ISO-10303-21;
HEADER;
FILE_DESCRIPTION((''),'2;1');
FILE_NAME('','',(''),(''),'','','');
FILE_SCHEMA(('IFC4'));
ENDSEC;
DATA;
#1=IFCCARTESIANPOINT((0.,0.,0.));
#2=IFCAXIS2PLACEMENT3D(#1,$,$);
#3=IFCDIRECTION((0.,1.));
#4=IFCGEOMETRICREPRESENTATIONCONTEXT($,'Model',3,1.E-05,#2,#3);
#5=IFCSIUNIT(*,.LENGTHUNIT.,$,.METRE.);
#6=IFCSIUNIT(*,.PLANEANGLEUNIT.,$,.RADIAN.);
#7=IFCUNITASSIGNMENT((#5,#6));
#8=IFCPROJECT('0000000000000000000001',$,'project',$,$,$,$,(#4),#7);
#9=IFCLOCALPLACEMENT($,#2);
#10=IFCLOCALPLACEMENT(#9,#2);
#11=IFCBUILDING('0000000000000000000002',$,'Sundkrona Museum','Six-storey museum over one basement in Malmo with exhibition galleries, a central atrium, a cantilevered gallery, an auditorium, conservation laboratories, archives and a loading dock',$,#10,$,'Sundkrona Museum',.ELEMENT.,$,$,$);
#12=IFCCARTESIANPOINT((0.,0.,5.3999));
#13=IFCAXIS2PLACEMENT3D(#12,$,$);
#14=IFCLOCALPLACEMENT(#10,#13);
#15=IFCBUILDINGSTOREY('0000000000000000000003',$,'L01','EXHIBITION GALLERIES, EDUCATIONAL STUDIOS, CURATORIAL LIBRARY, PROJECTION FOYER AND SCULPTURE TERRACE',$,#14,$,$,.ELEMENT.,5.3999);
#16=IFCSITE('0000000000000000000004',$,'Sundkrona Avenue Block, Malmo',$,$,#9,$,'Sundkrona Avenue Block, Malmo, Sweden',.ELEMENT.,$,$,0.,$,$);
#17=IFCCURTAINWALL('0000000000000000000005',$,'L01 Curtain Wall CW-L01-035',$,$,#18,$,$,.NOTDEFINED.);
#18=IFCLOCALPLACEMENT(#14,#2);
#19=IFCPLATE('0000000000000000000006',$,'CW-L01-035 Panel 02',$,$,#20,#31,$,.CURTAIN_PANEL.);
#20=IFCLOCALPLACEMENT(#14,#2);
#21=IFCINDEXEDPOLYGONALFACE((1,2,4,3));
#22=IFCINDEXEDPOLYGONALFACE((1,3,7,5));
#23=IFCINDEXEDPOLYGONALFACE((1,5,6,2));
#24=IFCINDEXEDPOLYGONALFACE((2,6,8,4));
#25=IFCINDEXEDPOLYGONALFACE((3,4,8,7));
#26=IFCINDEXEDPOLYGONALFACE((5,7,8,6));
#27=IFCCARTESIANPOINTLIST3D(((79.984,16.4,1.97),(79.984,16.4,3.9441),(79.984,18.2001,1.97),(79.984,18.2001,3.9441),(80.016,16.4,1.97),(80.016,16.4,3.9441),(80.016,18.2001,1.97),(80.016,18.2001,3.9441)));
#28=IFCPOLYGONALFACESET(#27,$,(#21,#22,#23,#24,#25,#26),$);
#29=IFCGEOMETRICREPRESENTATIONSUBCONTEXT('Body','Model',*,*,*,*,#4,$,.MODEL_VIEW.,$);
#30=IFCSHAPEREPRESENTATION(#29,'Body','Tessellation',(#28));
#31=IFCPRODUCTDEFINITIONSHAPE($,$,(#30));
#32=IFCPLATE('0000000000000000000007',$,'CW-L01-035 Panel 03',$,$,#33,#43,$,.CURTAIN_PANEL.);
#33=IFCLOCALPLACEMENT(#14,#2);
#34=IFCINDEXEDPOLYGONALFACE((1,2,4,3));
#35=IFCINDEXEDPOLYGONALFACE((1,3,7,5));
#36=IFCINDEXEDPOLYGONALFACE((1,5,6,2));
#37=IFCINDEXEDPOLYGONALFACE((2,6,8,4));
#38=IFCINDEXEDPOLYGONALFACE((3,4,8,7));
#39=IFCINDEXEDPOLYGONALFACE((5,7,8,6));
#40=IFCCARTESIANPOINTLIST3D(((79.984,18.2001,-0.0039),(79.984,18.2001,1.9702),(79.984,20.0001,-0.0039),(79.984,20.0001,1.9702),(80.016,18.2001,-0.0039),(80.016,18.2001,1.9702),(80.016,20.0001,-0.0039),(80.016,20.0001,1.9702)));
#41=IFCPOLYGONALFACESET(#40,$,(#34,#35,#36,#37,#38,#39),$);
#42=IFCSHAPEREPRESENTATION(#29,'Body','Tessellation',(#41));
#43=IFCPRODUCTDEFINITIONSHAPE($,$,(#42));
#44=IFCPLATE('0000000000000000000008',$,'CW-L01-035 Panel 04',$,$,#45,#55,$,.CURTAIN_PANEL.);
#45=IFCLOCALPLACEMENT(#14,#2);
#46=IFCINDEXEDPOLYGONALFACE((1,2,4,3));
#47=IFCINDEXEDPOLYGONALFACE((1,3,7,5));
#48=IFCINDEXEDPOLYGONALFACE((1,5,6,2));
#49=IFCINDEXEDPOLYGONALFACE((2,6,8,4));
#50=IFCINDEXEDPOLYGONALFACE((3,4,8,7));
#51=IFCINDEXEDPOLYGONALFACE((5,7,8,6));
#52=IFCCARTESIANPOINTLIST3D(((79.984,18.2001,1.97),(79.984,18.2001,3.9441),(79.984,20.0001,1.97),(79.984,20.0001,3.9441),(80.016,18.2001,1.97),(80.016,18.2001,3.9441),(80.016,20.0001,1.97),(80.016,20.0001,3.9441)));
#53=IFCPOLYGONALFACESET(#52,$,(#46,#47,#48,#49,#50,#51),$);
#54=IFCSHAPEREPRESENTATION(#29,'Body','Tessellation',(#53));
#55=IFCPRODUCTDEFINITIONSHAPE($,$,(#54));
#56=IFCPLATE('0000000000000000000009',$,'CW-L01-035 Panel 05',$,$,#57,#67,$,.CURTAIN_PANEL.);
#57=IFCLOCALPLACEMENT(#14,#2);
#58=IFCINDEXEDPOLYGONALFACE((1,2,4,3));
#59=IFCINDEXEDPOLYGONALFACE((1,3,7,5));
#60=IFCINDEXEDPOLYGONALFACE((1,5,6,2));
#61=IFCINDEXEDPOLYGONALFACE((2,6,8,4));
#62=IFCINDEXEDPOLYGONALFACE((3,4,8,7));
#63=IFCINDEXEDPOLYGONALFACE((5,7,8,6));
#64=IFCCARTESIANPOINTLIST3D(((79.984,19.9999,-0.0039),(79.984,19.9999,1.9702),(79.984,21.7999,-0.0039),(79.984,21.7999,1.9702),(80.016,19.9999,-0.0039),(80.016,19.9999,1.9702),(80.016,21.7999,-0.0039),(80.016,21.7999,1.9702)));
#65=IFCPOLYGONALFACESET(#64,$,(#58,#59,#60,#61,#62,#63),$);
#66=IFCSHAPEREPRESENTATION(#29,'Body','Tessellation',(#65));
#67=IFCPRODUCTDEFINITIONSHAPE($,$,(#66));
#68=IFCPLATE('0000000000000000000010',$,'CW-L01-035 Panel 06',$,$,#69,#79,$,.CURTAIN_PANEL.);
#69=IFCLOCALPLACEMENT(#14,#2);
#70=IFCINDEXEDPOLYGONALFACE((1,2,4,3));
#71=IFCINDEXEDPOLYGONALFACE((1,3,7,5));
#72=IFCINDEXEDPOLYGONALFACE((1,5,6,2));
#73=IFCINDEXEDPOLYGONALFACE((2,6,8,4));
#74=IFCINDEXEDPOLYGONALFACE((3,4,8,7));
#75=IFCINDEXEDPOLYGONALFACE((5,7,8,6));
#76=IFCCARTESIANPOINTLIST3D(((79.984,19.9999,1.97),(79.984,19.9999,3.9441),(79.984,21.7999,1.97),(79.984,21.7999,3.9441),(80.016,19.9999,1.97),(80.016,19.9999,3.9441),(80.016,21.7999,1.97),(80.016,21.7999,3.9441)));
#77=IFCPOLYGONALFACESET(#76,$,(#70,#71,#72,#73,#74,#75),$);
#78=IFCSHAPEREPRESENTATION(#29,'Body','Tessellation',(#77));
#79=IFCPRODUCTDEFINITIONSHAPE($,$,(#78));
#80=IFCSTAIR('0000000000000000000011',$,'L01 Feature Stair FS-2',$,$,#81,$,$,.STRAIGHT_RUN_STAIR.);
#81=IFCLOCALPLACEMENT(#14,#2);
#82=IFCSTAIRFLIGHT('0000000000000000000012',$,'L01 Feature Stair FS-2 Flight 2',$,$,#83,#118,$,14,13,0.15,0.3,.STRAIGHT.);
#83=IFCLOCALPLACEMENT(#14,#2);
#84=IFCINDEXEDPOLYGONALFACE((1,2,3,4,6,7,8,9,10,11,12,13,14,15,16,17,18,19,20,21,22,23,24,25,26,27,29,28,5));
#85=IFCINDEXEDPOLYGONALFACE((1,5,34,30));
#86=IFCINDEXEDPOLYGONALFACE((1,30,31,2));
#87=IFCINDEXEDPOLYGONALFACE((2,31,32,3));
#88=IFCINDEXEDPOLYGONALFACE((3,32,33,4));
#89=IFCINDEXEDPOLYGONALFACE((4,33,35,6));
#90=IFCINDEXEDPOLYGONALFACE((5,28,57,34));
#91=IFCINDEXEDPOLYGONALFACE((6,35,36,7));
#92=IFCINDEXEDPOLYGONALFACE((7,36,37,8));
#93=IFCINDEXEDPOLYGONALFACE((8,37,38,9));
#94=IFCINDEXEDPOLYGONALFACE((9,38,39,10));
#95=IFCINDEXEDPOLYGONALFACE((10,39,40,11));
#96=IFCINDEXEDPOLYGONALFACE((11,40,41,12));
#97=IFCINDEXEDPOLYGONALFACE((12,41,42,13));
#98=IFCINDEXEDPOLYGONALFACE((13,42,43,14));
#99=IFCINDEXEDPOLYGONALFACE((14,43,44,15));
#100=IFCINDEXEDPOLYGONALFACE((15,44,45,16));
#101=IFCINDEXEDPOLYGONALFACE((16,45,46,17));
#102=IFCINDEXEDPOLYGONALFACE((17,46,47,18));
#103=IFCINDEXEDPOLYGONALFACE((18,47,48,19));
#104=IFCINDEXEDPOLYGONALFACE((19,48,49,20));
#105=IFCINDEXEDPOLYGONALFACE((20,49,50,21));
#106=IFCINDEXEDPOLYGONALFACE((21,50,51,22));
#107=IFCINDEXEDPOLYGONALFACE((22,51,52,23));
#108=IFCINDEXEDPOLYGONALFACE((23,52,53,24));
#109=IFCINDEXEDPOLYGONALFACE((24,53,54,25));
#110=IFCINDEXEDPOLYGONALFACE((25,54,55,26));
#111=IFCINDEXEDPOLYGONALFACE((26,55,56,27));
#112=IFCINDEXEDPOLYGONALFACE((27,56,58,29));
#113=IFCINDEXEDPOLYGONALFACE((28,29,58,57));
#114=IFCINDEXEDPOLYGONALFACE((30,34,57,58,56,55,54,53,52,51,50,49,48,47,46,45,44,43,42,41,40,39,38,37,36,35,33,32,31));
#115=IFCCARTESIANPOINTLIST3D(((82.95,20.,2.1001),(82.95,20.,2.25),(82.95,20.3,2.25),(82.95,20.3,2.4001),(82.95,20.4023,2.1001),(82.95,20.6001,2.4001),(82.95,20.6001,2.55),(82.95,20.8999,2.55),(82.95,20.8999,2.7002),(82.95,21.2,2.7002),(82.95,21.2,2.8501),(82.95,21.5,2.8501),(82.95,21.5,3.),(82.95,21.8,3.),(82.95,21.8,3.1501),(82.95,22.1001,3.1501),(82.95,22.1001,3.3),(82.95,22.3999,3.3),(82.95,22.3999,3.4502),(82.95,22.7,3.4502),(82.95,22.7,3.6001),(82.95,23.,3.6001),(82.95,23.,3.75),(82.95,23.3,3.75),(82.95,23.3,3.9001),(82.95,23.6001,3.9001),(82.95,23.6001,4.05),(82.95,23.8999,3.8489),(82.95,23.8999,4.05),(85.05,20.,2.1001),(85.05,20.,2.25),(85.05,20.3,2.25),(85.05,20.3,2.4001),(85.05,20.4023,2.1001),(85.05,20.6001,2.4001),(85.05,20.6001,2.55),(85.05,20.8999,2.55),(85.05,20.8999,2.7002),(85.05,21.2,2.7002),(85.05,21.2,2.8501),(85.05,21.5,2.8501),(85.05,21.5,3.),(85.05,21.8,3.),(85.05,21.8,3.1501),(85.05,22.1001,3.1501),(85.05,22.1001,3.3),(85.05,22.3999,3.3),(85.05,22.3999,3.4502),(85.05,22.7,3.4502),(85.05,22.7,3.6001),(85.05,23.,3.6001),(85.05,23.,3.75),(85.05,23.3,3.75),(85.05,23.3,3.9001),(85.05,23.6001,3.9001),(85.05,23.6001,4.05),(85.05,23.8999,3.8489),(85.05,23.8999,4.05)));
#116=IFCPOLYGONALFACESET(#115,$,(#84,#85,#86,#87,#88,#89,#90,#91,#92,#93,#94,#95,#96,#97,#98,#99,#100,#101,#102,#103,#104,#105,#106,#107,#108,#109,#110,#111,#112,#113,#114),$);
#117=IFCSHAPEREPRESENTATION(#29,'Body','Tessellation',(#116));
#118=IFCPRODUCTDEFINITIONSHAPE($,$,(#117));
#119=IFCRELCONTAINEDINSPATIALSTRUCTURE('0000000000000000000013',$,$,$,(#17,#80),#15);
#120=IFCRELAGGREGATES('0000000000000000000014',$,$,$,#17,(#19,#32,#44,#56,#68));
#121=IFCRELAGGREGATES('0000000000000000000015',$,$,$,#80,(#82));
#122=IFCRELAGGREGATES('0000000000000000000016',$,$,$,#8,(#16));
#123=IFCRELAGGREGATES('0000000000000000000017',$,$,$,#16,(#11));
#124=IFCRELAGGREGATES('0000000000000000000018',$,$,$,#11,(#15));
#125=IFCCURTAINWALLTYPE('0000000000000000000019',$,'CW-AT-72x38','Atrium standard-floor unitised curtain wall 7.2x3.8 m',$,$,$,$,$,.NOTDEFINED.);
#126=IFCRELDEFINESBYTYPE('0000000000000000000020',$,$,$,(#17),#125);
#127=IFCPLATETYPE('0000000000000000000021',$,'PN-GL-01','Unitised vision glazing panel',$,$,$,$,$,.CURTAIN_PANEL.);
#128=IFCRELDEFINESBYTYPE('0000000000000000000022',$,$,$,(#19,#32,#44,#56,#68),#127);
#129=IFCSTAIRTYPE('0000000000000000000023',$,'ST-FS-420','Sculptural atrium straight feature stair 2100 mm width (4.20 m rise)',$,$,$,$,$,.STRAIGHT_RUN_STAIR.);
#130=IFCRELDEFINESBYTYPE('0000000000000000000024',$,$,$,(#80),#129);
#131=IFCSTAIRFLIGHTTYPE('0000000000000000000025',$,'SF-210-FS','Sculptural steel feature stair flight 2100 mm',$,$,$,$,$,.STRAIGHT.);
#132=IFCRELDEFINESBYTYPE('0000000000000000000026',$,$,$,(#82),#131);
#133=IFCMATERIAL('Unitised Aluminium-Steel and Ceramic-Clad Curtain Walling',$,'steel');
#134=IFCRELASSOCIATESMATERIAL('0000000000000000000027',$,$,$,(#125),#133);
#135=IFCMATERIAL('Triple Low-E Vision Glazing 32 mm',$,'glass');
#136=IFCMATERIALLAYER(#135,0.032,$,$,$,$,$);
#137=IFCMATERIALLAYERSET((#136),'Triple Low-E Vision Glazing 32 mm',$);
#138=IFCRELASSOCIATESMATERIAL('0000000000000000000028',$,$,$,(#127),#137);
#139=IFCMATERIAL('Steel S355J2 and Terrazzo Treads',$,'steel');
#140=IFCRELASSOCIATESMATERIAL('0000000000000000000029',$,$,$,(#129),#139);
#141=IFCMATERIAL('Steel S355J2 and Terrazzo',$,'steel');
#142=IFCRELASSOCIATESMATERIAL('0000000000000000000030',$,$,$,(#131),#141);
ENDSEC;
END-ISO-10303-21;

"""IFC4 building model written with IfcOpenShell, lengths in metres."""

from ifc_helpers import new_model, si_unit, direction, frame, origin, origin_2d, place, context, subcontext, project, spatial, polyline, rectangle, outline, extrude, material, layer, layer_set, type_object, element, aggregate, save


model = new_model("IFC4")

# Units and contexts
model_context = context("Model", 3, precision=1e-05, world=origin(), true_north=direction((0.0, 1.0)))
body_context = subcontext(model_context, "Body", "Model", "MODEL_VIEW")
ifc_project = project(units=[si_unit("LENGTHUNIT", "METRE"), si_unit("PLANEANGLEUNIT", "RADIAN")], contexts=[model_context])

# Site, building, storey
site_placement = place(None, origin())
site = spatial("IfcSite", under=ifc_project, at=site_placement, Name="Sundkrona Avenue Block, Malmo", LongName="Sundkrona Avenue Block, Malmo, Sweden", CompositionType="ELEMENT", RefElevation=0.0)
building_placement = place(site_placement, origin())
building = spatial("IfcBuilding", under=site, at=building_placement, Name="Sundkrona Museum", Description="Six-storey museum over one basement in Malmo with exhibition galleries, a central atrium, a cantilevered gallery, an auditorium, conservation laboratories, archives and a loading dock", LongName="Sundkrona Museum", CompositionType="ELEMENT")
storey_placement = place(building_placement, frame((0.0, 0.0, 5.3999)))
storey = spatial("IfcBuildingStorey", under=building, at=storey_placement, Name="L01", Description="EXHIBITION GALLERIES, EDUCATIONAL STUDIOS, CURATORIAL LIBRARY, PROJECTION FOYER AND SCULPTURE TERRACE", CompositionType="ELEMENT", Elevation=5.3999)

# Shared definitions
ifc_material_1 = material(Name="Unitised Aluminium-Steel and Ceramic-Clad Curtain Walling", Category="steel")
curtain_wall_type = type_object("IfcCurtainWallType", Name="CW-AT-72x38", Description="Atrium standard-floor unitised curtain wall 7.2x3.8 m", PredefinedType="NOTDEFINED", material=ifc_material_1)

# Curtain wall
curtain_wall_1_placement = place(storey_placement, origin())
curtain_wall_1 = element("IfcCurtainWall", 1, at=curtain_wall_1_placement, inside=storey, type_object=curtain_wall_type, Name="L01 Curtain Wall CW-L01-035", PredefinedType="NOTDEFINED")

# Plates
ifc_material_2 = material(Name="Triple Low-E Vision Glazing 32 mm", Category="glass")
ifc_layer = layer(ifc_material_2, 0.032)
ifc_layer_set = layer_set([ifc_layer], Name="Triple Low-E Vision Glazing 32 mm")
plate_type = type_object("IfcPlateType", Name="PN-GL-01", Description="Unitised vision glazing panel", PredefinedType="CURTAIN_PANEL", material=ifc_layer_set)
plate_1_placement = place(storey_placement, frame((80.0, 17.3, 1.97), z_axis=(0.0, 0.0, 1.0), x_axis=(0.0, 1.0, 0.0)))
plate_1 = element("IfcPlate", 2, at=plate_1_placement, type_object=plate_type, Name="CW-L01-035 Panel 02", PredefinedType="CURTAIN_PANEL", context=body_context, shape_type="SweptSolid", body=[
    extrude(rectangle(XDim=1.8, YDim=0.032, at=origin_2d()), origin(), (0.0, 0.0, 1.0), 1.9741),
])
plate_2_placement = place(storey_placement, frame((80.0, 19.1001, -0.0039), z_axis=(0.0, 0.0, 1.0), x_axis=(0.0, 1.0, 0.0)))
plate_2 = element("IfcPlate", 3, at=plate_2_placement, type_object=plate_type, Name="CW-L01-035 Panel 03", PredefinedType="CURTAIN_PANEL", context=body_context, shape_type="SweptSolid", body=[
    extrude(rectangle(XDim=1.8, YDim=0.032, at=origin_2d()), origin(), (0.0, 0.0, 1.0), 1.9741),
])
plate_3_placement = place(storey_placement, frame((80.0, 19.1001, 1.97), z_axis=(0.0, 0.0, 1.0), x_axis=(0.0, 1.0, 0.0)))
plate_3 = element("IfcPlate", 4, at=plate_3_placement, type_object=plate_type, Name="CW-L01-035 Panel 04", PredefinedType="CURTAIN_PANEL", context=body_context, shape_type="SweptSolid", body=[
    extrude(rectangle(XDim=1.8, YDim=0.032, at=origin_2d()), origin(), (0.0, 0.0, 1.0), 1.9741),
])
plate_4_placement = place(storey_placement, frame((80.0, 20.8999, -0.0039), z_axis=(0.0, 0.0, 1.0), x_axis=(0.0, 1.0, 0.0)))
plate_4 = element("IfcPlate", 5, at=plate_4_placement, type_object=plate_type, Name="CW-L01-035 Panel 05", PredefinedType="CURTAIN_PANEL", context=body_context, shape_type="SweptSolid", body=[
    extrude(rectangle(XDim=1.8, YDim=0.032, at=origin_2d()), origin(), (0.0, 0.0, 1.0), 1.9741),
])
plate_5_placement = place(storey_placement, frame((80.0, 20.8999, 1.97), z_axis=(0.0, 0.0, 1.0), x_axis=(0.0, 1.0, 0.0)))
plate_5 = element("IfcPlate", 6, at=plate_5_placement, type_object=plate_type, Name="CW-L01-035 Panel 06", PredefinedType="CURTAIN_PANEL", context=body_context, shape_type="SweptSolid", body=[
    extrude(rectangle(XDim=1.8, YDim=0.032, at=origin_2d()), origin(), (0.0, 0.0, 1.0), 1.9741),
])
aggregate(curtain_wall_1, [plate_1, plate_2, plate_3, plate_4, plate_5])

# Stair, stair flight
ifc_material_3 = material(Name="Steel S355J2 and Terrazzo Treads", Category="steel")
stair_type = type_object("IfcStairType", Name="ST-FS-420", Description="Sculptural atrium straight feature stair 2100 mm width (4.20 m rise)", PredefinedType="STRAIGHT_RUN_STAIR", material=ifc_material_3)
stair_placement = place(storey_placement, origin())
stair = element("IfcStair", 7, at=stair_placement, inside=storey, type_object=stair_type, Name="L01 Feature Stair FS-2", PredefinedType="STRAIGHT_RUN_STAIR")
ifc_material_4 = material(Name="Steel S355J2 and Terrazzo", Category="steel")
stair_flight_type = type_object("IfcStairFlightType", Name="SF-210-FS", Description="Sculptural steel feature stair flight 2100 mm", PredefinedType="STRAIGHT", material=ifc_material_4)
stair_flight_placement = place(storey_placement, frame((84.0, 20.0, 2.1001), z_axis=(0.0, 0.0, 1.0), x_axis=(0.0, 1.0, 0.0)))
stair_flight = element("IfcStairFlight", 8, at=stair_flight_placement, type_object=stair_flight_type, Name="L01 Feature Stair FS-2 Flight 2", NumberOfRisers=14, NumberOfTreads=13, PredefinedType="STRAIGHT", RiserHeight=0.15, TreadLength=0.3, context=body_context, shape_type="SweptSolid", body=[
    extrude(outline(polyline([(0.0, 0.0), (0.0, 0.1499), (0.3, 0.1499), (0.3, 0.3), (0.6001, 0.3), (0.6001, 0.45), (0.8999, 0.45), (0.8999, 0.6001), (1.2, 0.6001), (1.2, 0.75), (1.5, 0.75), (1.5, 0.8999), (1.8, 0.8999), (1.8, 1.05), (2.1001, 1.05), (2.1001, 1.2), (2.3999, 1.2), (2.3999, 1.3501), (2.7, 1.3501), (2.7, 1.5), (3.0, 1.5), (3.0, 1.6499), (3.3, 1.6499), (3.3, 1.8), (3.6001, 1.8), (3.6001, 1.95), (3.8999, 1.95), (3.8999, 2.1001), (3.8999, 1.7488), (0.4023, 0.0), (0.0, 0.0)])), frame((0.0, 1.05, 0.0), z_axis=(0.0, -1.0, 0.0), x_axis=(1.0, 0.0, 0.0)), (0.0, 0.0, 1.0), 2.1001),
])
aggregate(stair, [stair_flight])

save(model, "model.ifc")
